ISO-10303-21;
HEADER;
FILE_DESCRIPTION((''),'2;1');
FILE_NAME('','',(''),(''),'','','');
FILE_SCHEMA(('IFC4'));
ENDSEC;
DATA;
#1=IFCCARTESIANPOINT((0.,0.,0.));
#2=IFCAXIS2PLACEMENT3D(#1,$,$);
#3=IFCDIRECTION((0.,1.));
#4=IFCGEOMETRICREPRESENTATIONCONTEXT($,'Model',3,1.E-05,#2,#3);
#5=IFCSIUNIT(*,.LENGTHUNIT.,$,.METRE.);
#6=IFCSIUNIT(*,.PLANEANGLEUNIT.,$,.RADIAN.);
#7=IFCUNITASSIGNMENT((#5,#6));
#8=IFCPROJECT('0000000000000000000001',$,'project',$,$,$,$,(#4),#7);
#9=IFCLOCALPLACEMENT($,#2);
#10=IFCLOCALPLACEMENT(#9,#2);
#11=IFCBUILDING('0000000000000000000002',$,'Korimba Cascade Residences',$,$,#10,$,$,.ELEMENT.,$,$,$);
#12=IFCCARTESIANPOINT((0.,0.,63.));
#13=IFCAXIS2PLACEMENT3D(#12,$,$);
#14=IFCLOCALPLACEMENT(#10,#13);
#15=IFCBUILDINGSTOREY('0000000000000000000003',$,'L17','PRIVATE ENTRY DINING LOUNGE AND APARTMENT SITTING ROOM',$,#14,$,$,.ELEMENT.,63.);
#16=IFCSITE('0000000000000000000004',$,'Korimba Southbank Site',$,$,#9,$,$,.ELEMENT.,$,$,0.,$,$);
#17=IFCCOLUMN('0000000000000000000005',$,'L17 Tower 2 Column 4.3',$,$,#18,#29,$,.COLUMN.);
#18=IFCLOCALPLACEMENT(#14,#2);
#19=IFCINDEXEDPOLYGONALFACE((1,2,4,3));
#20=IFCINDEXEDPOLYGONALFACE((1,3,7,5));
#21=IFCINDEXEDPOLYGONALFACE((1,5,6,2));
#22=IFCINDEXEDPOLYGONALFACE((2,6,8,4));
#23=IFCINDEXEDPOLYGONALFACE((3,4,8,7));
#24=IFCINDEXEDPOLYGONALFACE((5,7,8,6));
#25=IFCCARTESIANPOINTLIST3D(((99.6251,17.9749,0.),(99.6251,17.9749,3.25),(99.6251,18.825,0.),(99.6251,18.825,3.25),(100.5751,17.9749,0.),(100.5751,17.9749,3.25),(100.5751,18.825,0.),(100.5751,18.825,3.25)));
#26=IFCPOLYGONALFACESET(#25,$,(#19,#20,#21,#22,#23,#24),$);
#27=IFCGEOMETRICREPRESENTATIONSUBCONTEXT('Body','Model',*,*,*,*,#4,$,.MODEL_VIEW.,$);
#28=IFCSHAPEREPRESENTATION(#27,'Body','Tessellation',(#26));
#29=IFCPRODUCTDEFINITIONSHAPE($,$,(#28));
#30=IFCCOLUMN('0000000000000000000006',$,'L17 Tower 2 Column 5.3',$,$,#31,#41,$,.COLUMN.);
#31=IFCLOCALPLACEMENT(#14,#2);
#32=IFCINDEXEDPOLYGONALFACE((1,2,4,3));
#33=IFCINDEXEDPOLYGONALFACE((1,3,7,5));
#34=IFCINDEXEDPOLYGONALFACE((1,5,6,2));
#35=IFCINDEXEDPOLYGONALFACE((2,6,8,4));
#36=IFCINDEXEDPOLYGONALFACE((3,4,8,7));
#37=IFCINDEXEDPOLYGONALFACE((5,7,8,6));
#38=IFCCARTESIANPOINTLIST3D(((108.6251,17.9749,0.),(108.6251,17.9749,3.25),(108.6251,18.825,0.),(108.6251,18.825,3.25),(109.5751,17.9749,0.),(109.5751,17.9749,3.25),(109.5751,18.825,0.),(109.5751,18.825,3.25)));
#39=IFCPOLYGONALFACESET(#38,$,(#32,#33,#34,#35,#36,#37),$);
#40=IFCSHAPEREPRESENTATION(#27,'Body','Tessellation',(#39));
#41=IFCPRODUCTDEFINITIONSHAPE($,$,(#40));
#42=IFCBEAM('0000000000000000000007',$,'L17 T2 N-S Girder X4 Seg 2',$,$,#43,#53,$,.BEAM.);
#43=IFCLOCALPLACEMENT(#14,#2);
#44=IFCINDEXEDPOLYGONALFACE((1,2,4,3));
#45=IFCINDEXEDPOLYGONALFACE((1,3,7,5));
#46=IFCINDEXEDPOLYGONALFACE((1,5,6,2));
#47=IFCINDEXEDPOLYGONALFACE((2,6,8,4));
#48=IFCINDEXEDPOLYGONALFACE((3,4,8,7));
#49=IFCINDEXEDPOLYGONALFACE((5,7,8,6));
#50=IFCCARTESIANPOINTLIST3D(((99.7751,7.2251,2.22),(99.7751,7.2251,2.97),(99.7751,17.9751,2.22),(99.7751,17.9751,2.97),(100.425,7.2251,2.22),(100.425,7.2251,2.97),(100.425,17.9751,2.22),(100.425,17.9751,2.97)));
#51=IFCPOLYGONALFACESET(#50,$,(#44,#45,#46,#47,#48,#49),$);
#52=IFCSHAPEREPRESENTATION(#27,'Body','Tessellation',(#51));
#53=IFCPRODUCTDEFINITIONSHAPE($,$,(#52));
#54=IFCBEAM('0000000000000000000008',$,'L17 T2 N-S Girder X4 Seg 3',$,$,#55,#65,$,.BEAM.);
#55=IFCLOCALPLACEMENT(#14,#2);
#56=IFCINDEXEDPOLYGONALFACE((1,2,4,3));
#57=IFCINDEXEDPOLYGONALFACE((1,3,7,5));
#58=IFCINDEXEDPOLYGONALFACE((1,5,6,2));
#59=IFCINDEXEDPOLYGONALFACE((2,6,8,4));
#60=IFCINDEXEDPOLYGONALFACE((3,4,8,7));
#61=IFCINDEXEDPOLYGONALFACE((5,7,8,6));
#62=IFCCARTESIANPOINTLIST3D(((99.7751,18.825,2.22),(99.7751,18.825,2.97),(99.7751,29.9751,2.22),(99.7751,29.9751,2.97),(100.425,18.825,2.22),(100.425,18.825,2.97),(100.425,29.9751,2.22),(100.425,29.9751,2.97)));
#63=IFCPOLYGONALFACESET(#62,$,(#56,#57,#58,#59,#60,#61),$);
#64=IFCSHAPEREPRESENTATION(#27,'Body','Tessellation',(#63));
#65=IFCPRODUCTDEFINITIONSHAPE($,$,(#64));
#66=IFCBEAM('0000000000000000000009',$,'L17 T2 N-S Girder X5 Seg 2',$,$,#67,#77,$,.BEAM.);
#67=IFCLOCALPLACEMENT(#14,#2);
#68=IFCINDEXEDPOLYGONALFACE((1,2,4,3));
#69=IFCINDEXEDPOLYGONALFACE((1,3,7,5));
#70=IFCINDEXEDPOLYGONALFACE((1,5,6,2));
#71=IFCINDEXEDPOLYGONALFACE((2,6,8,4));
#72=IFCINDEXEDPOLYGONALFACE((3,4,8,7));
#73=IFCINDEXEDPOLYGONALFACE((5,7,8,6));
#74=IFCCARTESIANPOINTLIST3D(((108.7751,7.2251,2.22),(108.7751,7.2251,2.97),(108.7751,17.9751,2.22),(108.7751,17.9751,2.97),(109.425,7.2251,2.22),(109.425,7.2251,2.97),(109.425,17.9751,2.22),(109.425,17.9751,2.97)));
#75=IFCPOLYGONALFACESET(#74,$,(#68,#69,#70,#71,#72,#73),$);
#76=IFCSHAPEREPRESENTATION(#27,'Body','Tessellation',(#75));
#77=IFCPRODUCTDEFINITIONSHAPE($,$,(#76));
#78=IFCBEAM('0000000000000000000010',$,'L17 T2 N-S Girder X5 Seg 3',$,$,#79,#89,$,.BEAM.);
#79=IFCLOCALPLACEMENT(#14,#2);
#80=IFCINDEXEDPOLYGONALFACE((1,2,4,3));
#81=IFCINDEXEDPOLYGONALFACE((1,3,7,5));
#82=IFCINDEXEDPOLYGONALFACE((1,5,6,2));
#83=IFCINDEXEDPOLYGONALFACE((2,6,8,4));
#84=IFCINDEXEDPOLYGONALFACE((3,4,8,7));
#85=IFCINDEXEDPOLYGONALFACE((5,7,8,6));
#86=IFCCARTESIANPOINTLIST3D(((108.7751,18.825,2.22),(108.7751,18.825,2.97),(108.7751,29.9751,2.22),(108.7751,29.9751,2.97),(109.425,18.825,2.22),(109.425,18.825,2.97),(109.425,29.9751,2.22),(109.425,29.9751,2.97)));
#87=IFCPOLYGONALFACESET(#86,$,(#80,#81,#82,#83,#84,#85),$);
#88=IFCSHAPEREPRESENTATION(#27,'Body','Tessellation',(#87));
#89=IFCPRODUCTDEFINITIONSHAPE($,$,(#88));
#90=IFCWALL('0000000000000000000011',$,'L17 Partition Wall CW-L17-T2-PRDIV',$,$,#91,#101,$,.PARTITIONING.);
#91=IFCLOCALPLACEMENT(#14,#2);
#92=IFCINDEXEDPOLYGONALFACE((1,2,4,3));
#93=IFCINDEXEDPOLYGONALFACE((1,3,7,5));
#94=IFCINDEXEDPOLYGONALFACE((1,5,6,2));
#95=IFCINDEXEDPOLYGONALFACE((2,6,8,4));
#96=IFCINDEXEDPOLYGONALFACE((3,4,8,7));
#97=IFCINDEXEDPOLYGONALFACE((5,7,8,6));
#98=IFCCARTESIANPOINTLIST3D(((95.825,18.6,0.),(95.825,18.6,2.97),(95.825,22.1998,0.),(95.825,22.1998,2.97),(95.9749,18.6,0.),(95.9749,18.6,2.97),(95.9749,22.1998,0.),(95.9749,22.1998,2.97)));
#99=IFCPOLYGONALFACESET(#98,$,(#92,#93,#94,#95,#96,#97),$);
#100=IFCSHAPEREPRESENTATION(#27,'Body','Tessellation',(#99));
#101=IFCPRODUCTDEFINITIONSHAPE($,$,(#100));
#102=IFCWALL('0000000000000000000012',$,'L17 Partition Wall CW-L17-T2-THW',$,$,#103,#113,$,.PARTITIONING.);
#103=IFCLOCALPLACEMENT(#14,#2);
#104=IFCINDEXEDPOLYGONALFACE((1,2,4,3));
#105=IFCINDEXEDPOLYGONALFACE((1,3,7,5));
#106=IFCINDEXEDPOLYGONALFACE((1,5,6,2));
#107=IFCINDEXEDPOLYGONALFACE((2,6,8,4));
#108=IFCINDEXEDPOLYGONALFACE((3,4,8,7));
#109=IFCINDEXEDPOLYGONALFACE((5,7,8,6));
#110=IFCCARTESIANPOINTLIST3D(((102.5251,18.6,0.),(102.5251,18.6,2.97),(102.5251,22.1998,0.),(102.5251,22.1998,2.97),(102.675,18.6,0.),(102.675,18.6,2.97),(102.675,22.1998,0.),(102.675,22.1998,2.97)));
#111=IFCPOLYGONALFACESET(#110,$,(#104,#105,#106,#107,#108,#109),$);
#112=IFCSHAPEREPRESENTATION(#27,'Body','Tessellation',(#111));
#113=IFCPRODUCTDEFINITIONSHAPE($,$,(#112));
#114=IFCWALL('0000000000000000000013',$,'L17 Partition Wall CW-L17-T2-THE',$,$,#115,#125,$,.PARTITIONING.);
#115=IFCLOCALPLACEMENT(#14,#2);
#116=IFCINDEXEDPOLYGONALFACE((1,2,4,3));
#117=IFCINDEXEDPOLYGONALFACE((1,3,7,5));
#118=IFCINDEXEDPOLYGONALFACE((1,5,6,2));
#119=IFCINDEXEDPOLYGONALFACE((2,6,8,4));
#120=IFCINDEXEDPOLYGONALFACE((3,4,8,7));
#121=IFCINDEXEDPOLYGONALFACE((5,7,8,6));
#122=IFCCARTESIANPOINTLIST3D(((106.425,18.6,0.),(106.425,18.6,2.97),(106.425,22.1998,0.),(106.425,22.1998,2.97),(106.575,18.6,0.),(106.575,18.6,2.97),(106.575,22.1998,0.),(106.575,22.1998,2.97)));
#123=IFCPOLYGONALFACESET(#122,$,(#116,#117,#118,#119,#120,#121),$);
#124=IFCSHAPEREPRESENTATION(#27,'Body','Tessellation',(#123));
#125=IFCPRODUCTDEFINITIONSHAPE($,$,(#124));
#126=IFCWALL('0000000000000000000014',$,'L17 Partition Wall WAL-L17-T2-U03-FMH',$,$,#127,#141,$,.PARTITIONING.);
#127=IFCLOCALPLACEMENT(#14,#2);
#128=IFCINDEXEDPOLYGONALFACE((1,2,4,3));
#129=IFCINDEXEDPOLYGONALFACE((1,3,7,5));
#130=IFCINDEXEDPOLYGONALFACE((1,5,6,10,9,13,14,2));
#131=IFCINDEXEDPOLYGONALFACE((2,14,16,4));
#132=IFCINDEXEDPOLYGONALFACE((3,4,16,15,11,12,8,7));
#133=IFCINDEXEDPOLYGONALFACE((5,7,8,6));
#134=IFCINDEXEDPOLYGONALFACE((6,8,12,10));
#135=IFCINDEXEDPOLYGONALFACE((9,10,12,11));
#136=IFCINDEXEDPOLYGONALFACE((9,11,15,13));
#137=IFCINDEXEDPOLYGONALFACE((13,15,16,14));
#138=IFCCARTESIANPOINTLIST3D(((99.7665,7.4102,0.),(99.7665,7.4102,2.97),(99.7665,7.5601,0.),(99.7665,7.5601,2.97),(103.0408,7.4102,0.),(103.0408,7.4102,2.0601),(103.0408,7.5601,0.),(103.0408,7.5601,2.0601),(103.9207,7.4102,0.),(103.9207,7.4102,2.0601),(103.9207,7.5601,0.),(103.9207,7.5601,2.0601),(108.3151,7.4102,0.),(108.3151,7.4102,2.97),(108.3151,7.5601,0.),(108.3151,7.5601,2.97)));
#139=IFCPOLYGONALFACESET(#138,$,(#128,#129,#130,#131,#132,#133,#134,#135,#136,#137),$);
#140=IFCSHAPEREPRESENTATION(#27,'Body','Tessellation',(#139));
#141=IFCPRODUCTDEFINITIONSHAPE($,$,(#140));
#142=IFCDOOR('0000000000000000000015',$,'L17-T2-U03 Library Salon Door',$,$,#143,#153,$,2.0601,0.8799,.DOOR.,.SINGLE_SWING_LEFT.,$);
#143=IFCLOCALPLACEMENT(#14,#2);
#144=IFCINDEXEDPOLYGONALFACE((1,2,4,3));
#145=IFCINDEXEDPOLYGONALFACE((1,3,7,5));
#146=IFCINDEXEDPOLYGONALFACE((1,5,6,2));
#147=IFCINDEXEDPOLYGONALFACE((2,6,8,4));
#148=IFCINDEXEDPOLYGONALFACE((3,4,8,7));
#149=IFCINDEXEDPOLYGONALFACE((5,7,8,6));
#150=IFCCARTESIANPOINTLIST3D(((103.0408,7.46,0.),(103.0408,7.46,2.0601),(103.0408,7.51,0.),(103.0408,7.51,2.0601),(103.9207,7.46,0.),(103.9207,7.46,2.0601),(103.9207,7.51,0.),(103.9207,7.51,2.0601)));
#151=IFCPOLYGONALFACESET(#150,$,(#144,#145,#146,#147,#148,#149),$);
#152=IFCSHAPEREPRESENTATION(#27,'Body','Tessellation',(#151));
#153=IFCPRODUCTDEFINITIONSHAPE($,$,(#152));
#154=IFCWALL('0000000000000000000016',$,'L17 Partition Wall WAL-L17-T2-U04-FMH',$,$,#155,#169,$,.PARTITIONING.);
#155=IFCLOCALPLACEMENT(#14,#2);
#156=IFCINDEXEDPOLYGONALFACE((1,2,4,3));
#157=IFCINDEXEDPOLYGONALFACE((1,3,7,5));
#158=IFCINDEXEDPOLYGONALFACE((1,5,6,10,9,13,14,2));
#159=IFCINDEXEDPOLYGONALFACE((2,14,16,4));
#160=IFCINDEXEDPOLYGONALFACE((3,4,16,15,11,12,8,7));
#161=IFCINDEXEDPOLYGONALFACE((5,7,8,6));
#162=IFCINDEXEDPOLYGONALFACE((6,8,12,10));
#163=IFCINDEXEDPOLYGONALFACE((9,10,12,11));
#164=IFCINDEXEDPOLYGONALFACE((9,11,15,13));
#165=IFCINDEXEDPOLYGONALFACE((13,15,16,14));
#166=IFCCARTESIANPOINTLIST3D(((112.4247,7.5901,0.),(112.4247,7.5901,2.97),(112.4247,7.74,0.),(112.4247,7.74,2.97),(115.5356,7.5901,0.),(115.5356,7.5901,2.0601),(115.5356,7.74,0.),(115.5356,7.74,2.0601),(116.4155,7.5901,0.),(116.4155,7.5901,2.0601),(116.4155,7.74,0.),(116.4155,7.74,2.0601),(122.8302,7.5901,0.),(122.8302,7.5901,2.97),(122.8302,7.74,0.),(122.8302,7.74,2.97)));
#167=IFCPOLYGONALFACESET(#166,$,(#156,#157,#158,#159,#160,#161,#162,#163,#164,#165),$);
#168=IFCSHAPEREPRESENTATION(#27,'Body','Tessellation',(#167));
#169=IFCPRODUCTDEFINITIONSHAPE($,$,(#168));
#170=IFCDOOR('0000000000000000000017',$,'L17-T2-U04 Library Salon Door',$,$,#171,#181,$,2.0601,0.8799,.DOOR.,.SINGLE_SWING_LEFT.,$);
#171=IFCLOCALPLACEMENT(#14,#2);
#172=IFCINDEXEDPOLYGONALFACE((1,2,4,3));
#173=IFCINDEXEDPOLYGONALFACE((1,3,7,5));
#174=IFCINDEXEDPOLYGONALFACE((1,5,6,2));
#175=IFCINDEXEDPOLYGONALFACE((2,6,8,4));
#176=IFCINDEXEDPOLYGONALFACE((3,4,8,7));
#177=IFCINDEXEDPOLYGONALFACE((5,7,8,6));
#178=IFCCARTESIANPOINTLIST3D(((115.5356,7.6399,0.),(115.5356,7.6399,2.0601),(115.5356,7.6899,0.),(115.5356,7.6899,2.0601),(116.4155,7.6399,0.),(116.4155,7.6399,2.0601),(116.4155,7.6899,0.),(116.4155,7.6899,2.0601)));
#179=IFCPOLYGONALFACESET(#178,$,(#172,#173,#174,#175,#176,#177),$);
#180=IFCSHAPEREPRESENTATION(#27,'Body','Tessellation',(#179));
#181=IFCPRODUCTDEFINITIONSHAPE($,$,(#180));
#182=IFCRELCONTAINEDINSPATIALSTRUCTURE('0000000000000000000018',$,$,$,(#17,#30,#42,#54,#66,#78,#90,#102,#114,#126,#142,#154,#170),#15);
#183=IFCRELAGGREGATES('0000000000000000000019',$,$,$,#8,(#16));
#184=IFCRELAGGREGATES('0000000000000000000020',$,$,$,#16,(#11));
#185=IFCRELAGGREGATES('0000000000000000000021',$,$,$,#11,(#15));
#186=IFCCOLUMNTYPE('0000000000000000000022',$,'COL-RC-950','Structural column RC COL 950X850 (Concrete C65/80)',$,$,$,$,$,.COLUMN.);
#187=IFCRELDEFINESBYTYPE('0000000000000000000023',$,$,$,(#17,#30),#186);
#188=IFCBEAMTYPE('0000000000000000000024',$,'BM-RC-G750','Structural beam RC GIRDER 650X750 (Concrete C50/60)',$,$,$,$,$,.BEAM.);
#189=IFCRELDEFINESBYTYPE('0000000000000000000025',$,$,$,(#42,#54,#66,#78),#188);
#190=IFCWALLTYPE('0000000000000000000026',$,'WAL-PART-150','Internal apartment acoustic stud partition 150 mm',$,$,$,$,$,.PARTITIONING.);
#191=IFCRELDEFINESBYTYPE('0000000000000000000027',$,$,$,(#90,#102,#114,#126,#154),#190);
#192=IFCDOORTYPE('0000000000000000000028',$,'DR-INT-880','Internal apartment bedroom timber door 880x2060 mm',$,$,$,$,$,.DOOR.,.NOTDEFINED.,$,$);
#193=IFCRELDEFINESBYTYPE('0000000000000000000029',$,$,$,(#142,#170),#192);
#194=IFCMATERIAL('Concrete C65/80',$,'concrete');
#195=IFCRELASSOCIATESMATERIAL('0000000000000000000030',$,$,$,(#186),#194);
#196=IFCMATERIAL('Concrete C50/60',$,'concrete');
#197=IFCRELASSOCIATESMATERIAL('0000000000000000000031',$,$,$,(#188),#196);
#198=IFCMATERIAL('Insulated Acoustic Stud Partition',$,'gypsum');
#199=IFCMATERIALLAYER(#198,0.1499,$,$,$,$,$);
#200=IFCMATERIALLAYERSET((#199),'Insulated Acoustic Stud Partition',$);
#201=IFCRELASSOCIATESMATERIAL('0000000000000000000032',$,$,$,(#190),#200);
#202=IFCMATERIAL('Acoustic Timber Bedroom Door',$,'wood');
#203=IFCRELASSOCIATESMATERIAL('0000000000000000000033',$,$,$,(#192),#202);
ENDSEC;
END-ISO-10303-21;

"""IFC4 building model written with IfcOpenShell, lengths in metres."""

from ifc_helpers import new_model, si_unit, direction, frame, frame_2d, origin, origin_2d, place, context, subcontext, project, spatial, rectangle, extrude, material, layer, layer_set, material_profile, profile_set, type_object, element, fill, save


model = new_model("IFC4")

# Units and contexts
model_context = context("Model", 3, precision=1e-05, world=origin(), true_north=direction((0.0, 1.0)))
body_context = subcontext(model_context, "Body", "Model", "MODEL_VIEW")
ifc_project = project(units=[si_unit("LENGTHUNIT", "METRE"), si_unit("PLANEANGLEUNIT", "RADIAN")], contexts=[model_context])

# Site, building, storey
site_placement = place(None, origin())
site = spatial("IfcSite", under=ifc_project, at=site_placement, Name="Korimba Southbank Site", CompositionType="ELEMENT", RefElevation=0.0)
building_placement = place(site_placement, origin())
building = spatial("IfcBuilding", under=site, at=building_placement, Name="Korimba Cascade Residences", CompositionType="ELEMENT")
storey_placement = place(building_placement, frame((0.0, 0.0, 63.0)))
storey = spatial("IfcBuildingStorey", under=building, at=storey_placement, Name="L17", Description="PRIVATE ENTRY DINING LOUNGE AND APARTMENT SITTING ROOM", CompositionType="ELEMENT", Elevation=63.0)

# Columns
ifc_material_1 = material(Name="Concrete C65/80", Category="concrete")
ifc_material_profile_1 = material_profile(ifc_material_1, rectangle(XDim=0.95, YDim=0.8501, at=origin_2d()), Name="Concrete C65/80")
ifc_profile_set_1 = profile_set([ifc_material_profile_1], Name="Concrete C65/80")
column_type = type_object("IfcColumnType", Name="COL-RC-950", Description="Structural column RC COL 950X850 (Concrete C65/80)", PredefinedType="COLUMN", material=ifc_profile_set_1)
for number, where, z_axis, x_axis, name in (
    (1, (100.1001, 18.3999, 0.0), (0.0, 0.0, 1.0), (1.0, 0.0, 0.0), "L17 Tower 2 Column 4.3"),
    (2, (109.1001, 18.3999, 0.0), (0.0, 0.0, 1.0), (1.0, 0.0, 0.0), "L17 Tower 2 Column 5.3"),
):
    element("IfcColumn", number, at=place(storey_placement, frame(where, z_axis=z_axis, x_axis=x_axis)), inside=storey, type_object=column_type, Name=name, PredefinedType="COLUMN", context=body_context, shape_type="SweptSolid", body=[
        extrude(rectangle(XDim=0.95, YDim=0.8501, at=origin_2d()), origin(), (0.0, 0.0, 1.0), 3.25),
    ])

# Beams
ifc_material_2 = material(Name="Concrete C50/60", Category="concrete")
ifc_material_profile_2 = material_profile(ifc_material_2, rectangle(XDim=0.6499, YDim=0.75, at=origin_2d()), Name="Concrete C50/60")
ifc_profile_set_2 = profile_set([ifc_material_profile_2], Name="Concrete C50/60")
beam_type = type_object("IfcBeamType", Name="BM-RC-G750", Description="Structural beam RC GIRDER 650X750 (Concrete C50/60)", PredefinedType="BEAM", material=ifc_profile_set_2)
beam_1_placement = place(storey_placement, frame((100.1001, 7.2251, 2.595), z_axis=(0.0, 1.0, 0.0), x_axis=(-1.0, 0.0, 0.0)))
element("IfcBeam", 3, at=beam_1_placement, inside=storey, type_object=beam_type, Name="L17 T2 N-S Girder X4 Seg 2", PredefinedType="BEAM", context=body_context, shape_type="SweptSolid", body=[
    extrude(rectangle(XDim=0.6499, YDim=0.75, at=origin_2d()), origin(), (0.0, 0.0, 1.0), 10.75),
])
beam_2_placement = place(storey_placement, frame((100.1001, 18.825, 2.595), z_axis=(0.0, 1.0, 0.0), x_axis=(-1.0, 0.0, 0.0)))
element("IfcBeam", 4, at=beam_2_placement, inside=storey, type_object=beam_type, Name="L17 T2 N-S Girder X4 Seg 3", PredefinedType="BEAM", context=body_context, shape_type="SweptSolid", body=[
    extrude(rectangle(XDim=0.6499, YDim=0.75, at=origin_2d()), origin(), (0.0, 0.0, 1.0), 11.1501),
])
beam_3_placement = place(storey_placement, frame((109.1001, 7.2251, 2.595), z_axis=(0.0, 1.0, 0.0), x_axis=(-1.0, 0.0, 0.0)))
element("IfcBeam", 5, at=beam_3_placement, inside=storey, type_object=beam_type, Name="L17 T2 N-S Girder X5 Seg 2", PredefinedType="BEAM", context=body_context, shape_type="SweptSolid", body=[
    extrude(rectangle(XDim=0.6499, YDim=0.75, at=origin_2d()), origin(), (0.0, 0.0, 1.0), 10.75),
])
beam_4_placement = place(storey_placement, frame((109.1001, 18.825, 2.595), z_axis=(0.0, 1.0, 0.0), x_axis=(-1.0, 0.0, 0.0)))
element("IfcBeam", 6, at=beam_4_placement, inside=storey, type_object=beam_type, Name="L17 T2 N-S Girder X5 Seg 3", PredefinedType="BEAM", context=body_context, shape_type="SweptSolid", body=[
    extrude(rectangle(XDim=0.6499, YDim=0.75, at=origin_2d()), origin(), (0.0, 0.0, 1.0), 11.1501),
])

# Walls
ifc_material_3 = material(Name="Insulated Acoustic Stud Partition", Category="gypsum")
ifc_layer_1 = layer(ifc_material_3, 0.1499)
ifc_layer_set_1 = layer_set([ifc_layer_1], Name="Insulated Acoustic Stud Partition")
wall_type_1 = type_object("IfcWallType", Name="WAL-PART-150", Description="Internal apartment acoustic stud partition 150 mm", PredefinedType="PARTITIONING", material=ifc_layer_set_1)
for number, where, z_axis, x_axis, name in (
    (7, (95.8999, 18.6001, 0.0), (0.0, 0.0, 1.0), (0.0, 1.0, 0.0), "L17 Partition Wall CW-L17-T2-PRDIV"),
    (8, (102.6001, 18.6001, 0.0), (0.0, 0.0, 1.0), (0.0, 1.0, 0.0), "L17 Partition Wall CW-L17-T2-THW"),
    (9, (106.5, 18.6001, 0.0), (0.0, 0.0, 1.0), (0.0, 1.0, 0.0), "L17 Partition Wall CW-L17-T2-THE"),
):
    element("IfcWall", number, at=place(storey_placement, frame(where, z_axis=z_axis, x_axis=x_axis)), inside=storey, type_object=wall_type_1, Name=name, PredefinedType="PARTITIONING", context=body_context, shape_type="SweptSolid", body=[
        extrude(rectangle(XDim=3.5999, YDim=0.1499, at=frame_2d((1.7998, 0.0))), origin(), (0.0, 0.0, 1.0), 2.97),
    ])

# Walls, openings, doors
wall_1_placement = place(storey_placement, frame((99.7664, 7.4851, 0.0), z_axis=(0.0, 0.0, 1.0), x_axis=(1.0, 0.0, 0.0)))
wall_1 = element("IfcWall", 10, at=wall_1_placement, inside=storey, type_object=wall_type_1, Name="L17 Partition Wall WAL-L17-T2-U03-FMH", PredefinedType="PARTITIONING", context=body_context, shape_type="SweptSolid", body=[
    extrude(rectangle(XDim=8.5486, YDim=0.1499, at=frame_2d((4.2744, 0.0))), origin(), (0.0, 0.0, 1.0), 2.97),
])
opening_1_placement = place(wall_1_placement, frame((3.2744, 0.0, 0.0)))
opening_1 = element("IfcOpeningElement", 11, at=opening_1_placement, cuts=wall_1, PredefinedType="OPENING", context=body_context, shape_type="SweptSolid", body=[
    extrude(rectangle(XDim=0.8799, YDim=2.0601, at=frame_2d((0.4399, 1.03))), frame((0.0, 0.085, 0.0), z_axis=(0.0, -1.0, 0.0), x_axis=(1.0, 0.0, 0.0)), (0.0, 0.0, 1.0), 0.1699),
])
ifc_material_4 = material(Name="Acoustic Timber Bedroom Door", Category="wood")
door_type_1 = type_object("IfcDoorType", Name="DR-INT-880", Description="Internal apartment bedroom timber door 880x2060 mm", OperationType="NOTDEFINED", PredefinedType="DOOR", material=ifc_material_4)
door_1_placement = place(opening_1_placement, origin())
door_1 = element("IfcDoor", 12, at=door_1_placement, inside=storey, type_object=door_type_1, Name="L17-T2-U03 Library Salon Door", OperationType="SINGLE_SWING_LEFT", OverallHeight=2.0601, OverallWidth=0.8799, PredefinedType="DOOR", context=body_context, shape_type="SweptSolid", body=[
    extrude(rectangle(XDim=0.8799, YDim=2.0601, at=frame_2d((0.4399, 1.03))), frame((0.0, 0.0249, 0.0), z_axis=(0.0, -1.0, 0.0), x_axis=(1.0, 0.0, 0.0)), (0.0, 0.0, 1.0), 0.05),
])
fill(opening_1, door_1)
wall_2_placement = place(storey_placement, frame((112.4248, 7.665, 0.0), z_axis=(0.0, 0.0, 1.0), x_axis=(1.0, 0.0, 0.0)))
wall_2 = element("IfcWall", 13, at=wall_2_placement, inside=storey, type_object=wall_type_1, Name="L17 Partition Wall WAL-L17-T2-U04-FMH", PredefinedType="PARTITIONING", context=body_context, shape_type="SweptSolid", body=[
    extrude(rectangle(XDim=10.4055, YDim=0.1499, at=frame_2d((5.2026, 0.0))), origin(), (0.0, 0.0, 1.0), 2.97),
])
opening_2_placement = place(wall_2_placement, frame((3.1108, 0.0, 0.0)))
opening_2 = element("IfcOpeningElement", 14, at=opening_2_placement, cuts=wall_2, PredefinedType="OPENING", context=body_context, shape_type="SweptSolid", body=[
    extrude(rectangle(XDim=0.8799, YDim=2.0601, at=frame_2d((0.4399, 1.03))), frame((0.0, 0.085, 0.0), z_axis=(0.0, -1.0, 0.0), x_axis=(1.0, 0.0, 0.0)), (0.0, 0.0, 1.0), 0.1699),
])
door_2_placement = place(opening_2_placement, origin())
door_2 = element("IfcDoor", 15, at=door_2_placement, inside=storey, type_object=door_type_1, Name="L17-T2-U04 Library Salon Door", OperationType="SINGLE_SWING_LEFT", OverallHeight=2.0601, OverallWidth=0.8799, PredefinedType="DOOR", context=body_context, shape_type="SweptSolid", body=[
    extrude(rectangle(XDim=0.8799, YDim=2.0601, at=frame_2d((0.4399, 1.03))), frame((0.0, 0.0249, 0.0), z_axis=(0.0, -1.0, 0.0), x_axis=(1.0, 0.0, 0.0)), (0.0, 0.0, 1.0), 0.05),
])
fill(opening_2, door_2)

save(model, "model.ifc")
